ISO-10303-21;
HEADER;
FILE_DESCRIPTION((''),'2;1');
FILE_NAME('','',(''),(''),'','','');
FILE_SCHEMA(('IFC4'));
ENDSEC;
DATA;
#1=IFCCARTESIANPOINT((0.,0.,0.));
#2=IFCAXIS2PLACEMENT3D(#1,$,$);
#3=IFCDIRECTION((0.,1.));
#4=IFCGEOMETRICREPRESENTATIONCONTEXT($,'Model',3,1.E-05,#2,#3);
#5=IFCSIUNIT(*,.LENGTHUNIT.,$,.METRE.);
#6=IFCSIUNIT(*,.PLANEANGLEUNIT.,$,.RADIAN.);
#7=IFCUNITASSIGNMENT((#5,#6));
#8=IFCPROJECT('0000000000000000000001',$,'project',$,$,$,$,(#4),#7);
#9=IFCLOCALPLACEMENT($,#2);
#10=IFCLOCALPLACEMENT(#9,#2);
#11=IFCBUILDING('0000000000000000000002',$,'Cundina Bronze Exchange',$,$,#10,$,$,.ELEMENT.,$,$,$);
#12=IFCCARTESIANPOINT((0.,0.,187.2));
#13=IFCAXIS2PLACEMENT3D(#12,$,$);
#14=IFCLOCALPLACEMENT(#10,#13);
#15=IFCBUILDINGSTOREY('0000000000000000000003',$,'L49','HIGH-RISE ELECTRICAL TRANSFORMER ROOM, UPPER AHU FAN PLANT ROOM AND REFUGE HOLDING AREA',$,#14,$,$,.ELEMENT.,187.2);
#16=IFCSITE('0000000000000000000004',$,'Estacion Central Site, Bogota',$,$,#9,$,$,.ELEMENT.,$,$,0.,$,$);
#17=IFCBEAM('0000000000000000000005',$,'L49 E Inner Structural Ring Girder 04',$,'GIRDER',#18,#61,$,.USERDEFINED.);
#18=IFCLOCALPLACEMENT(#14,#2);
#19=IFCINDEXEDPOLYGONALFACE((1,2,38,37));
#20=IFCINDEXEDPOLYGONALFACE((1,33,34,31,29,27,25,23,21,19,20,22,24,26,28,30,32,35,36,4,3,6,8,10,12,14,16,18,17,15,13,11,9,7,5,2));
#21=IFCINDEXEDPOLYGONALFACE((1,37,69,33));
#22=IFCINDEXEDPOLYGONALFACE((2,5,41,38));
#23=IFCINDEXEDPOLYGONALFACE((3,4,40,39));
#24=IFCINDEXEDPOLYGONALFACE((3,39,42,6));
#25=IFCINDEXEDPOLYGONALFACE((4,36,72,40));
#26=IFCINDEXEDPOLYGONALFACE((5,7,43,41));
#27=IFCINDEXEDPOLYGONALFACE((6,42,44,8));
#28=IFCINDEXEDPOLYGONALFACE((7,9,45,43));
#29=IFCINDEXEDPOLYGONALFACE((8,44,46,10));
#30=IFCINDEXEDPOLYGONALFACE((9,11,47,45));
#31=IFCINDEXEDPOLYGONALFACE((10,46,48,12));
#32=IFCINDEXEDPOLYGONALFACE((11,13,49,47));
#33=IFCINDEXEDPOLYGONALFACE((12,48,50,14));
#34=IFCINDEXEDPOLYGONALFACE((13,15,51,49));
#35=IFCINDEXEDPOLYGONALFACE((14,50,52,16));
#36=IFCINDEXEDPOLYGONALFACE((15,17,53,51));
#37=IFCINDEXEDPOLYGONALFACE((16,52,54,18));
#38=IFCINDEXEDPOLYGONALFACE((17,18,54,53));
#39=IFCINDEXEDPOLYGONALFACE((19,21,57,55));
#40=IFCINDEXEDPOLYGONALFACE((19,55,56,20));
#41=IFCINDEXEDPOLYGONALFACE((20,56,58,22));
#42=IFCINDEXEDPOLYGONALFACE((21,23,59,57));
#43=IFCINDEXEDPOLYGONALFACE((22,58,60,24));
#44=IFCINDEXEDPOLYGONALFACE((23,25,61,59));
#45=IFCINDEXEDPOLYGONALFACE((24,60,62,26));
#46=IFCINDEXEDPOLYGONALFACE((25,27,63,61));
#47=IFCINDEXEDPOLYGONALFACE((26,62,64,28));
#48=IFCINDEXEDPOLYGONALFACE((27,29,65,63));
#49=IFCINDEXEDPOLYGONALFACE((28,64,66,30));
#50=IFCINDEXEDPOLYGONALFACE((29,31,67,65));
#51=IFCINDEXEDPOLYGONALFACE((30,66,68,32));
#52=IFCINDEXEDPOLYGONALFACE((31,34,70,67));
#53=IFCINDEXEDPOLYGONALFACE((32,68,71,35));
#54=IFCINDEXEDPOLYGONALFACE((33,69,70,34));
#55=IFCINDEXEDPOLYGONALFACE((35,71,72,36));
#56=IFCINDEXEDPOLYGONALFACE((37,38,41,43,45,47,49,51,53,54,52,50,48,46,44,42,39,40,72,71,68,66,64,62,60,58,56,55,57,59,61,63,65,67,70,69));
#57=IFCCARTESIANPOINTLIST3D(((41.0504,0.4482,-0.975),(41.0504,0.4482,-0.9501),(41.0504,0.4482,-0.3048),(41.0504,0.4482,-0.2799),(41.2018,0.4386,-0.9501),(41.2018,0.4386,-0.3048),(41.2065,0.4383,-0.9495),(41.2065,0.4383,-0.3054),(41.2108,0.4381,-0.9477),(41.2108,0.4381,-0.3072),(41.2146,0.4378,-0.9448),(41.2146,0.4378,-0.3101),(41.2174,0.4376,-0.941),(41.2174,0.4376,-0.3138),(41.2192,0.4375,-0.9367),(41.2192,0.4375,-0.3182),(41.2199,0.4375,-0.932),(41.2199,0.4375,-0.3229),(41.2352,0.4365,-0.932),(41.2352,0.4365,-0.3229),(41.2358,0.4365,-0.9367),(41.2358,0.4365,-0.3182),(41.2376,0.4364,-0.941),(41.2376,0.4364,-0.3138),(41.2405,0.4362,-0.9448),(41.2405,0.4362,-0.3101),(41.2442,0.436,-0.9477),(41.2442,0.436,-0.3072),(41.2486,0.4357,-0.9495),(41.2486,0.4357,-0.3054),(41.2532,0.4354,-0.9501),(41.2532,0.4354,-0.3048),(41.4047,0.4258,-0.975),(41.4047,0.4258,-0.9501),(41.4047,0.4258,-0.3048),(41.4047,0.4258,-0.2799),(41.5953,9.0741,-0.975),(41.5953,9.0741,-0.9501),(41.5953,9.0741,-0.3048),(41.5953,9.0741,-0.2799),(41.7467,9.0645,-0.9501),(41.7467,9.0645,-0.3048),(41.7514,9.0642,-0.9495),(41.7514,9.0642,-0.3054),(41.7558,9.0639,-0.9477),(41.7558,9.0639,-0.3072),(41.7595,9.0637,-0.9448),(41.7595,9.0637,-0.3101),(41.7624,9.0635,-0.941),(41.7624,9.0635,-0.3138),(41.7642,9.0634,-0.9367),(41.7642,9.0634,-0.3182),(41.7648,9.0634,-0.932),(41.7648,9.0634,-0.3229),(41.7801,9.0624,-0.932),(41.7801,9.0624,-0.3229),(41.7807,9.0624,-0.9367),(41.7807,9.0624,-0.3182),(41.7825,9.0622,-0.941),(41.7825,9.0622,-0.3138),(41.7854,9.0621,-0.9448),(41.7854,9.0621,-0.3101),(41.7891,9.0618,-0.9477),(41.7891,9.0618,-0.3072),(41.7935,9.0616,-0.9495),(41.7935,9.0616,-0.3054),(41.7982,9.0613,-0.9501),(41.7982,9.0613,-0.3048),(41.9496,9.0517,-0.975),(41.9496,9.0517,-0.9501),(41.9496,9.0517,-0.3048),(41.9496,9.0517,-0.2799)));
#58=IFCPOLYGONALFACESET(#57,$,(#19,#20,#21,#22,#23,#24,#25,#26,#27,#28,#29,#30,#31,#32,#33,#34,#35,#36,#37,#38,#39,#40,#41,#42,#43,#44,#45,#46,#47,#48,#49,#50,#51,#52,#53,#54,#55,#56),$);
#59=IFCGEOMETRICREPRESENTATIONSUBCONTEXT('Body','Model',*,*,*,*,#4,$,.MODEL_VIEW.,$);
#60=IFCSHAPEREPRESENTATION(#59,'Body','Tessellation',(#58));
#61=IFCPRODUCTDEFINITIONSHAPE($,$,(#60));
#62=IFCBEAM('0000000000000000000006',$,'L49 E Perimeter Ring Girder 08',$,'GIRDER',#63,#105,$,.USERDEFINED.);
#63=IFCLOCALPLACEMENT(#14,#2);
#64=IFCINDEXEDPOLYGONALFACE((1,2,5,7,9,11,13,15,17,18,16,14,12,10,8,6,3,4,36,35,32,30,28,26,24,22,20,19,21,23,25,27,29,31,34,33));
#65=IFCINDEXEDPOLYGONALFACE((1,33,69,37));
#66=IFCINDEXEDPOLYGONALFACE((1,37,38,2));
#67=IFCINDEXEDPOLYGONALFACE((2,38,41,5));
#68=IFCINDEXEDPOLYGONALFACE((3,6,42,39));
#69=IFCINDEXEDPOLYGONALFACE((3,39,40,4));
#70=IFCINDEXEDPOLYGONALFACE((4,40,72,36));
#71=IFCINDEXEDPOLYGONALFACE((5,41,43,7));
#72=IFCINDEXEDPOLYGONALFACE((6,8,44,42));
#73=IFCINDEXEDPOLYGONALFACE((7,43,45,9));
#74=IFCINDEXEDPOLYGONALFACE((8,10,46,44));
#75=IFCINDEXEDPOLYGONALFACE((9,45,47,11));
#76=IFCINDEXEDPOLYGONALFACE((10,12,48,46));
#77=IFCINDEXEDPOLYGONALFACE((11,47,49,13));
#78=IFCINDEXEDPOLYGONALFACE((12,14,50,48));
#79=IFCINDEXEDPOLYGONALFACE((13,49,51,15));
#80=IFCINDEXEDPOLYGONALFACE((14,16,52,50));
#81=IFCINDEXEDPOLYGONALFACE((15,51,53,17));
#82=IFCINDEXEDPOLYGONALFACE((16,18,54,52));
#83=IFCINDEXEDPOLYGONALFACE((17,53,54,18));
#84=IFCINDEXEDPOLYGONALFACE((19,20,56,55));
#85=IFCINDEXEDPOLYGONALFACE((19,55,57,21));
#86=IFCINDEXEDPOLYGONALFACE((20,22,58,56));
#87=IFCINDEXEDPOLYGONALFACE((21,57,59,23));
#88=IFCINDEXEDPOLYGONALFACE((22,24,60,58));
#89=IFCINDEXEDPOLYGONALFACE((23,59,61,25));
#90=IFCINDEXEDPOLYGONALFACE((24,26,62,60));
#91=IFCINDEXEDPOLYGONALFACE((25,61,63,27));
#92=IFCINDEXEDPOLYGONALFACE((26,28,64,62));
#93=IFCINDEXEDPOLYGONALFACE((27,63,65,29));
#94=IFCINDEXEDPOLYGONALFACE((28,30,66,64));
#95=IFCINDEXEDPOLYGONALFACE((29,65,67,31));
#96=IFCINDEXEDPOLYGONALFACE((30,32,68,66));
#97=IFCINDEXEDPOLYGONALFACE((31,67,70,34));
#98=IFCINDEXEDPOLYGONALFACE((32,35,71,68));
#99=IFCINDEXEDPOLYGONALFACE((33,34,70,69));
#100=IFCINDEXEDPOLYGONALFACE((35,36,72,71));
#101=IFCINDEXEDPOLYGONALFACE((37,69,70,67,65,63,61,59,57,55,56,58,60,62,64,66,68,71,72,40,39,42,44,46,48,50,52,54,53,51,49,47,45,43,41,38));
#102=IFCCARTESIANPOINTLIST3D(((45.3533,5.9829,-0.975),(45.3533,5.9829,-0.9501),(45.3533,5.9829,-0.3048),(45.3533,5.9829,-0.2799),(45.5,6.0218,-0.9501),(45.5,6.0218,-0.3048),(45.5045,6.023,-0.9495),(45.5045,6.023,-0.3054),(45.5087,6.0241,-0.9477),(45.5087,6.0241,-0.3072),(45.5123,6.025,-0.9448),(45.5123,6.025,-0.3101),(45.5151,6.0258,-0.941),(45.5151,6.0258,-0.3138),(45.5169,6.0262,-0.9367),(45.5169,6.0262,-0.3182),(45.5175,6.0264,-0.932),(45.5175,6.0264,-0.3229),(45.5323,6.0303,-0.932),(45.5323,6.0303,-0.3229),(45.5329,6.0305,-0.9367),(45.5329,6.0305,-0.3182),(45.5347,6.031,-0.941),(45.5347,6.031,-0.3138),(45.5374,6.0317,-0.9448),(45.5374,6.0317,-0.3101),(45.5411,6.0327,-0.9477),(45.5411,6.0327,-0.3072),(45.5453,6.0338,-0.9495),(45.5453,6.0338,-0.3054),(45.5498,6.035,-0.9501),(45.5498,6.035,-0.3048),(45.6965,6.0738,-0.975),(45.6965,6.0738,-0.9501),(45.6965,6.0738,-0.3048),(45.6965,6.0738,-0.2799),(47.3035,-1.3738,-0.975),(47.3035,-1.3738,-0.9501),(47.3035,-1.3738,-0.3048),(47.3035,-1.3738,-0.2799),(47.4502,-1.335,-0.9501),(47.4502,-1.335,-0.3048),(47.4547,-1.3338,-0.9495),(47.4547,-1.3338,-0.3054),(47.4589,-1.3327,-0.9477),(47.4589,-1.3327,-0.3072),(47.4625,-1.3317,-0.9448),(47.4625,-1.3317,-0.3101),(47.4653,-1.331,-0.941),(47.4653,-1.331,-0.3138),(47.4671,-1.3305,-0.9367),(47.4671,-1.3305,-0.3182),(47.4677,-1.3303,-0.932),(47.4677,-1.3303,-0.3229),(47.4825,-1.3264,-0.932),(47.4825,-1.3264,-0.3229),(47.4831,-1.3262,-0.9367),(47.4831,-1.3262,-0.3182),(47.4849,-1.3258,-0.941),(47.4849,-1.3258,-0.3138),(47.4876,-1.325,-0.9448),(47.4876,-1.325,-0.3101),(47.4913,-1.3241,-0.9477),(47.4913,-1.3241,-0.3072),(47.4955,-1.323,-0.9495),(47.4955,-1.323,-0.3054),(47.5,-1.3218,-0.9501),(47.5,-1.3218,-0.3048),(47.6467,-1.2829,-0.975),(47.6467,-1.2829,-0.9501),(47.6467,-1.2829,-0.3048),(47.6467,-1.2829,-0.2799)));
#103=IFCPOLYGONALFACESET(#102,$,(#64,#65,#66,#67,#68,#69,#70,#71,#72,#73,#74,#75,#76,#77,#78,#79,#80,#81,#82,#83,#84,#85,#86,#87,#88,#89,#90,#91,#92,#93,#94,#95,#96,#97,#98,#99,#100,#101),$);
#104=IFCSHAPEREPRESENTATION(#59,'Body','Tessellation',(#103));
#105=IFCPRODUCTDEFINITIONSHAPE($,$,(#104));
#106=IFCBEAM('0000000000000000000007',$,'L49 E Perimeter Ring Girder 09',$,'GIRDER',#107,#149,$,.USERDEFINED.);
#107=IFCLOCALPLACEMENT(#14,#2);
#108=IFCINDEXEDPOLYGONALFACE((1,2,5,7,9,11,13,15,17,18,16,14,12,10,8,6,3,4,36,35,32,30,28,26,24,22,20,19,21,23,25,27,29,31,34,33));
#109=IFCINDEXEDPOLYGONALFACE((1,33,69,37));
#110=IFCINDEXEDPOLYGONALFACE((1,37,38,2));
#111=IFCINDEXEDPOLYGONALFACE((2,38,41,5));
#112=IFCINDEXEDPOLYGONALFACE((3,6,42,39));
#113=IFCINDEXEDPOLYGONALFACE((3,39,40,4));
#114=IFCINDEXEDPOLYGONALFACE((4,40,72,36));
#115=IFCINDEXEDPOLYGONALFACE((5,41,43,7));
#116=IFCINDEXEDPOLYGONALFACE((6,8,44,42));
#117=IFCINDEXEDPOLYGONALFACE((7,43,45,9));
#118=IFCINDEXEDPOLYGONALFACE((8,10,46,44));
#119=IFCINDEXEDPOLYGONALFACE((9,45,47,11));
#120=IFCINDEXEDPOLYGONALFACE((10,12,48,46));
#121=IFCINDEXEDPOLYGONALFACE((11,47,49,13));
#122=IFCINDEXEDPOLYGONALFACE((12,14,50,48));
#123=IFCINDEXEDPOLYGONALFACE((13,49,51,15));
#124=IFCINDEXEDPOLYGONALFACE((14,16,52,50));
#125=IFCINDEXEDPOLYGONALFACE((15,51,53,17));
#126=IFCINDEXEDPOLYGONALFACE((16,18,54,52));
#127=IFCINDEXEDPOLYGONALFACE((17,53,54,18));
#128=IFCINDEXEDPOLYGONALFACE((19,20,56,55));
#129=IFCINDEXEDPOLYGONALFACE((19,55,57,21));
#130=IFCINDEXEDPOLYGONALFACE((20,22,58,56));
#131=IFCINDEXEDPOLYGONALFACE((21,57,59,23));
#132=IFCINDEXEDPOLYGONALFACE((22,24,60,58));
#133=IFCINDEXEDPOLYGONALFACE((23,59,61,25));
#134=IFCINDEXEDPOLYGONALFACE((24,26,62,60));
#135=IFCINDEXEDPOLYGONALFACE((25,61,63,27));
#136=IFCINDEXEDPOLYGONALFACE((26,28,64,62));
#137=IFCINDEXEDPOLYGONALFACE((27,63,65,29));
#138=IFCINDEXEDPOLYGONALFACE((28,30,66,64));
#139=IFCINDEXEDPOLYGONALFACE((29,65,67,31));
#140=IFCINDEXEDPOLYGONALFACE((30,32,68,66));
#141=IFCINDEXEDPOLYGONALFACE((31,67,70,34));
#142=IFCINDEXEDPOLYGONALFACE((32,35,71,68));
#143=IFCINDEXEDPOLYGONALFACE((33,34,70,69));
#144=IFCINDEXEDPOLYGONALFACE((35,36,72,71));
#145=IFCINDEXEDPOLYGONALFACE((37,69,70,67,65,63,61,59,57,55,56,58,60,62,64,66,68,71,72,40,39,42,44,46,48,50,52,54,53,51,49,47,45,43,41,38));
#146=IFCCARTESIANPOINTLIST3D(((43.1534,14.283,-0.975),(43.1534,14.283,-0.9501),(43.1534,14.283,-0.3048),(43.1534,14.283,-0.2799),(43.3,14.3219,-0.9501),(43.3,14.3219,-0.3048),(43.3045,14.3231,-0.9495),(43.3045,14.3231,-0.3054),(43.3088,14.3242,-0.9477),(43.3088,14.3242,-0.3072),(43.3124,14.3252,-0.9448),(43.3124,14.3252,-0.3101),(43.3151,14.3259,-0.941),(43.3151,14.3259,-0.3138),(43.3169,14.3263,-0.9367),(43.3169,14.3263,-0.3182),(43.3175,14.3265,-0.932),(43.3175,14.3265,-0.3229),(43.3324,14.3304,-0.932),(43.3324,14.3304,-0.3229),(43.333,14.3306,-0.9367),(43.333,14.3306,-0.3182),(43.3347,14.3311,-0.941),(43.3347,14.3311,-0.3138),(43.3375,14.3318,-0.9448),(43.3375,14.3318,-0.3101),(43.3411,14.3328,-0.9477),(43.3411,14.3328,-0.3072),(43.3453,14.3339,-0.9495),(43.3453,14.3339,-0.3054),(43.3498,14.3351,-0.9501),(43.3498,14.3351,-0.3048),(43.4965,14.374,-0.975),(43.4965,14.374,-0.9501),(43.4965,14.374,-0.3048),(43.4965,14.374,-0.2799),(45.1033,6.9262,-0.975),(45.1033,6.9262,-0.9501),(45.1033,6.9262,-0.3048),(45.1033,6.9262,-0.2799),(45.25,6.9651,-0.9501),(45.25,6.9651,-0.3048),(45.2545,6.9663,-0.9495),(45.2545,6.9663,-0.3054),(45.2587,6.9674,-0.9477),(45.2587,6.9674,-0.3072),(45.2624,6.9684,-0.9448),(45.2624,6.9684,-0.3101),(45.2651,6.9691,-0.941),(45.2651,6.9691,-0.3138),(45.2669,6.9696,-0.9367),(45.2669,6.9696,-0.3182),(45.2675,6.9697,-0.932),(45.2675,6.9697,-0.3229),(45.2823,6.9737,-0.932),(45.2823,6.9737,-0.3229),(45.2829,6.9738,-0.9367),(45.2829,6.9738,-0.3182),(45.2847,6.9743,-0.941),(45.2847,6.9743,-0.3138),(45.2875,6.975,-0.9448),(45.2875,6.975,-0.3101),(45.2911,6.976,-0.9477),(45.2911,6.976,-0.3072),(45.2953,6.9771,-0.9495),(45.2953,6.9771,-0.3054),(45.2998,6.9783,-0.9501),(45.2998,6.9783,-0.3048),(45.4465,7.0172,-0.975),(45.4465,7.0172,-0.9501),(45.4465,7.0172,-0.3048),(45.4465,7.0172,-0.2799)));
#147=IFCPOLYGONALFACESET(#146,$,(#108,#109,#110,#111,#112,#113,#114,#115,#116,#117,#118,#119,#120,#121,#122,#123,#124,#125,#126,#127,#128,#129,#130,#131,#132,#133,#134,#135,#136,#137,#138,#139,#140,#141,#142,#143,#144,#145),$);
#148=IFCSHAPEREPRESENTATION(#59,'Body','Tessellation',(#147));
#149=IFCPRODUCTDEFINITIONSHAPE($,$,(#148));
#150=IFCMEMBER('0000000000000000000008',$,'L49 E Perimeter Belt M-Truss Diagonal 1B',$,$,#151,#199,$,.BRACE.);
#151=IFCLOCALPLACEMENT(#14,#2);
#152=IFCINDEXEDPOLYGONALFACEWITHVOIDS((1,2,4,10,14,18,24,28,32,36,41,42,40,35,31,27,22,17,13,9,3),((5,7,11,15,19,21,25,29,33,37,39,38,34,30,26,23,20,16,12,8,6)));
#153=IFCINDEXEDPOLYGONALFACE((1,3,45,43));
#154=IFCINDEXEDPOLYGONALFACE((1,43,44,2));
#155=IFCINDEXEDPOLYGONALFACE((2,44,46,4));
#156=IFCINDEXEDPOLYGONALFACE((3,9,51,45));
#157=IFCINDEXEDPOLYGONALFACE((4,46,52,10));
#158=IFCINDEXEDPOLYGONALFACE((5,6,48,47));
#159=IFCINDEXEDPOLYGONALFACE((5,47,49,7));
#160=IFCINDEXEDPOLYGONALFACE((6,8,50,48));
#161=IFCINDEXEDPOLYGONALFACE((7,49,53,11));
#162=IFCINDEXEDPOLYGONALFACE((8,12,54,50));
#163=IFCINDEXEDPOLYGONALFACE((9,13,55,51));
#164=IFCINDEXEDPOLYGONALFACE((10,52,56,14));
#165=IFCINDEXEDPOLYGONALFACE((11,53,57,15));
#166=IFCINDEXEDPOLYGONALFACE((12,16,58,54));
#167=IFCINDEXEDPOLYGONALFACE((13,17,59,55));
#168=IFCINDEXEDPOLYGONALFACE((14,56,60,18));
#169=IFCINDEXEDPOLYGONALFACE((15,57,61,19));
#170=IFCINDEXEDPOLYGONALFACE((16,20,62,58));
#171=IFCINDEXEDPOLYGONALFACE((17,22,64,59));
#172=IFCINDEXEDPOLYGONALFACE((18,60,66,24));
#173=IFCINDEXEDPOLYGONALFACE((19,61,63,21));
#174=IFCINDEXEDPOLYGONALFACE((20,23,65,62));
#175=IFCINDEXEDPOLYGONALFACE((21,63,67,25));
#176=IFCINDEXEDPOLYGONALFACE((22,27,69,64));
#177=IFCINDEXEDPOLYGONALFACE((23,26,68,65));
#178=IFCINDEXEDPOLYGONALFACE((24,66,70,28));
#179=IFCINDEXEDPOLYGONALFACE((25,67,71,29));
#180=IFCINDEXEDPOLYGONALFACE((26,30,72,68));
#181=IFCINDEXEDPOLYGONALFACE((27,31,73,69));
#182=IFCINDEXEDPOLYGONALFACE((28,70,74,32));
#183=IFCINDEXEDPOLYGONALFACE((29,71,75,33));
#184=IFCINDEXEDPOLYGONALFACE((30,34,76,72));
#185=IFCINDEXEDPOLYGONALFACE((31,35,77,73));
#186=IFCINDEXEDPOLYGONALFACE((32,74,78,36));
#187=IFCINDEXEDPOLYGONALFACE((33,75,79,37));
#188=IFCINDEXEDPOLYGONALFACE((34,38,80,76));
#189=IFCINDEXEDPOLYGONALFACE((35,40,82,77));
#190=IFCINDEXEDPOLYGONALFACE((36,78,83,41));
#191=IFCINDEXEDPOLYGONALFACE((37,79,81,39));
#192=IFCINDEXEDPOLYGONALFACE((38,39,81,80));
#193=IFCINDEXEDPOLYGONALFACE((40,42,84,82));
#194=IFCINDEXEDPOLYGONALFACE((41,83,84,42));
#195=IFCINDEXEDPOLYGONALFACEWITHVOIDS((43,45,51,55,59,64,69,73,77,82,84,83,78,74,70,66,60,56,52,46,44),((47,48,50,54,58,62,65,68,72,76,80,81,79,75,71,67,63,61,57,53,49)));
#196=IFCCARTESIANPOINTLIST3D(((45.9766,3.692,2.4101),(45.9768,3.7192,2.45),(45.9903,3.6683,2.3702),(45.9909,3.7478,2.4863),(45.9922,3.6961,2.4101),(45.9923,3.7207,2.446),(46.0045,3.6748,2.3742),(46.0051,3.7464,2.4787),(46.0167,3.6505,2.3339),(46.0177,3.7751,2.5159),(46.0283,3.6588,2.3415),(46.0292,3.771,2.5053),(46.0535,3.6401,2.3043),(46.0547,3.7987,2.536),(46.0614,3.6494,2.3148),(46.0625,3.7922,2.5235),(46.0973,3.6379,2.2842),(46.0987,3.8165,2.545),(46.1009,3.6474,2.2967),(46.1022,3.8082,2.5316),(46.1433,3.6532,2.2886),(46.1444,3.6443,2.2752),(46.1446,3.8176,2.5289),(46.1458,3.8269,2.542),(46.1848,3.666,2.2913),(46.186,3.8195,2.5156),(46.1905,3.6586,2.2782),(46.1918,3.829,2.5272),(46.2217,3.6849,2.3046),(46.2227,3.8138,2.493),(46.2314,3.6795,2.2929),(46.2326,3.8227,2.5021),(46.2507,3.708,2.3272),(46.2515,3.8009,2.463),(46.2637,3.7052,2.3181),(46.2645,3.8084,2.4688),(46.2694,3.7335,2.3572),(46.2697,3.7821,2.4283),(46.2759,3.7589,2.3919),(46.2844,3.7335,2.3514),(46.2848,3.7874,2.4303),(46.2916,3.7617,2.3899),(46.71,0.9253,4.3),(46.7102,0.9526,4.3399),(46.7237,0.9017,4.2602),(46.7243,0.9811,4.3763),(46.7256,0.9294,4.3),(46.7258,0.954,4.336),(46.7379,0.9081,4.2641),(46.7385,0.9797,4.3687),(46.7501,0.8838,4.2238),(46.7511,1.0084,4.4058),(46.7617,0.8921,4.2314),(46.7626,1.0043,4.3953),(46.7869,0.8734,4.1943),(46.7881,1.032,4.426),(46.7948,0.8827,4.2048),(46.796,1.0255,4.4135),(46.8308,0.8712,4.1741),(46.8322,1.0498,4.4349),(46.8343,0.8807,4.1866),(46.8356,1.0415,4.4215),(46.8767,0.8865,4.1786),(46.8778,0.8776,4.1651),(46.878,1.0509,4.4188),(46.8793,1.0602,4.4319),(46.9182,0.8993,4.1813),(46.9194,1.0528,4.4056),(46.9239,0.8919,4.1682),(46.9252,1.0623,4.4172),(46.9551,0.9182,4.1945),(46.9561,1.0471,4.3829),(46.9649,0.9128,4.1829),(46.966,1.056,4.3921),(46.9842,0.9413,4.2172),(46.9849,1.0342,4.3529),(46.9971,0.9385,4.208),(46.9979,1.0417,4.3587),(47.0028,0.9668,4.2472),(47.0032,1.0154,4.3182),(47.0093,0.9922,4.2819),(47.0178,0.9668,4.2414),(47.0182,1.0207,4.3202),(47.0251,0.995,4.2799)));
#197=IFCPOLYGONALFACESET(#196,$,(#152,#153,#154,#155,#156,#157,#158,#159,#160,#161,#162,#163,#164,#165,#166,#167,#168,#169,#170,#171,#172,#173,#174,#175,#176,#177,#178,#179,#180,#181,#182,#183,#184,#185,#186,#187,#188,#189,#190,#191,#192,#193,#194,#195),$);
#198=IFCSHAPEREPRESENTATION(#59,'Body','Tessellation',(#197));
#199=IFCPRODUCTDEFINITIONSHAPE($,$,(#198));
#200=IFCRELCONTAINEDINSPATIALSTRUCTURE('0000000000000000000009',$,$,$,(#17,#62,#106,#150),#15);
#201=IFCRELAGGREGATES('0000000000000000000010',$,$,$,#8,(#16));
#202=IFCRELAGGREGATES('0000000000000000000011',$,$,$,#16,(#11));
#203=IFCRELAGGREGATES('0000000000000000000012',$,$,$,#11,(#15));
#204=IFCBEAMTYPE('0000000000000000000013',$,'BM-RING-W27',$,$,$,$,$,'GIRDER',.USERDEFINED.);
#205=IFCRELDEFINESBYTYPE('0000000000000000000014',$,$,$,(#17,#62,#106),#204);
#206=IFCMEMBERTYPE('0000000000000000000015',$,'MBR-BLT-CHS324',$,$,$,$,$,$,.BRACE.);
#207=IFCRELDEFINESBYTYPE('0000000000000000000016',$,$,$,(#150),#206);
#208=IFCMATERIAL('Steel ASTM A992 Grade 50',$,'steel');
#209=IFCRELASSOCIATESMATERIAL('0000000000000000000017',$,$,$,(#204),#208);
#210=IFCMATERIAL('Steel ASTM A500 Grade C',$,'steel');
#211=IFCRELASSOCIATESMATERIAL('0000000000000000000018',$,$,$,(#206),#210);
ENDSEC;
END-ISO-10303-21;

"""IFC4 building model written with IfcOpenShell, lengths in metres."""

from ifc_helpers import new_model, si_unit, direction, frame, origin, origin_2d, place, context, subcontext, project, spatial, hollow_circle, i_section, extrude, material, material_profile, profile_set, type_object, element, save


model = new_model("IFC4")

# Units and contexts
model_context = context("Model", 3, precision=1e-05, world=origin(), true_north=direction((0.0, 1.0)))
body_context = subcontext(model_context, "Body", "Model", "MODEL_VIEW")
ifc_project = project(units=[si_unit("LENGTHUNIT", "METRE"), si_unit("PLANEANGLEUNIT", "RADIAN")], contexts=[model_context])

# Site, building, storey
site_placement = place(None, origin())
site = spatial("IfcSite", under=ifc_project, at=site_placement, Name="Estacion Central Site, Bogota", CompositionType="ELEMENT", RefElevation=0.0)
building_placement = place(site_placement, origin())
building = spatial("IfcBuilding", under=site, at=building_placement, Name="Cundina Bronze Exchange", CompositionType="ELEMENT")
storey_placement = place(building_placement, frame((0.0, 0.0, 187.2)))
storey = spatial("IfcBuildingStorey", under=building, at=storey_placement, Name="L49", Description="HIGH-RISE ELECTRICAL TRANSFORMER ROOM, UPPER AHU FAN PLANT ROOM AND REFUGE HOLDING AREA", CompositionType="ELEMENT", Elevation=187.2)

# Beams
ifc_material_1 = material(Name="Steel ASTM A992 Grade 50", Category="steel")
ifc_material_profile_1 = material_profile(ifc_material_1, i_section(OverallWidth=0.355, OverallDepth=0.6951, WebThickness=0.0154, FlangeThickness=0.0249, FilletRadius=0.0181, at=origin_2d()), Name="W27X146", Category="steel")
ifc_profile_set_1 = profile_set([ifc_material_profile_1], Name="Steel ASTM A992 Grade 50")
beam_type_1 = type_object("IfcBeamType", Name="BM-RING-W27", ElementType="GIRDER", PredefinedType="USERDEFINED", material=ifc_profile_set_1)
beam_1_placement = place(storey_placement, frame((41.2275, 0.437, -0.6274), z_axis=(0.063047, 0.998011, 0.0), x_axis=(-0.998011, 0.063047, 0.0)))
element("IfcBeam", 1, at=beam_1_placement, inside=storey, type_object=beam_type_1, Name="L49 E Inner Structural Ring Girder 04", ObjectType="GIRDER", PredefinedType="USERDEFINED", context=body_context, shape_type="SweptSolid", body=[
    extrude(i_section(OverallWidth=0.355, OverallDepth=0.6951, WebThickness=0.0154, FlangeThickness=0.0249, FilletRadius=0.0181, at=origin_2d()), origin(), (0.0, 0.0, 1.0), 8.6431),
])
for number, where, z_axis, x_axis, name in (
    (2, (47.4751, -1.3284, -0.6274), (-0.256241, 0.966613, 0.0), (-0.966613, -0.256241, 0.0), "L49 E Perimeter Ring Girder 08"),
    (3, (45.2749, 6.9717, -0.6274), (-0.256211, 0.966621, 0.0), (-0.966621, -0.256211, 0.0), "L49 E Perimeter Ring Girder 09"),
):
    element("IfcBeam", number, at=place(storey_placement, frame(where, z_axis=z_axis, x_axis=x_axis)), inside=storey, type_object=beam_type_1, Name=name, ObjectType="GIRDER", PredefinedType="USERDEFINED", context=body_context, shape_type="SweptSolid", body=[
        extrude(i_section(OverallWidth=0.355, OverallDepth=0.6951, WebThickness=0.0154, FlangeThickness=0.0249, FilletRadius=0.0181, at=origin_2d()), origin(), (0.0, 0.0, 1.0), 7.6108),
    ])

# Member
ifc_material_2 = material(Name="Steel ASTM A500 Grade C", Category="steel")
ifc_material_profile_2 = material_profile(ifc_material_2, hollow_circle(Radius=0.1621, WallThickness=0.0161, at=origin_2d()), Name="CHS324X16", Category="steel")
ifc_profile_set_2 = profile_set([ifc_material_profile_2], Name="Steel ASTM A500 Grade C")
member_type_1 = type_object("IfcMemberType", Name="MBR-BLT-CHS324", PredefinedType="BRACE", material=ifc_profile_set_2)
for number, where, z_axis, x_axis, name in (
    (4, (46.8667, 0.9668, 4.3), (-0.21383, 0.806632, -0.551018), (-0.966613, -0.25624, 0.0), "L49 E Perimeter Belt M-Truss Diagonal 1B"),
):
    element("IfcMember", number, at=place(storey_placement, frame(where, z_axis=z_axis, x_axis=x_axis)), inside=storey, type_object=member_type_1, Name=name, PredefinedType="BRACE", context=body_context, shape_type="SweptSolid", body=[
        extrude(hollow_circle(Radius=0.1621, WallThickness=0.0161, at=origin_2d()), origin(), (0.0, 0.0, 1.0), 3.4299),
    ])

save(model, "model.ifc")
